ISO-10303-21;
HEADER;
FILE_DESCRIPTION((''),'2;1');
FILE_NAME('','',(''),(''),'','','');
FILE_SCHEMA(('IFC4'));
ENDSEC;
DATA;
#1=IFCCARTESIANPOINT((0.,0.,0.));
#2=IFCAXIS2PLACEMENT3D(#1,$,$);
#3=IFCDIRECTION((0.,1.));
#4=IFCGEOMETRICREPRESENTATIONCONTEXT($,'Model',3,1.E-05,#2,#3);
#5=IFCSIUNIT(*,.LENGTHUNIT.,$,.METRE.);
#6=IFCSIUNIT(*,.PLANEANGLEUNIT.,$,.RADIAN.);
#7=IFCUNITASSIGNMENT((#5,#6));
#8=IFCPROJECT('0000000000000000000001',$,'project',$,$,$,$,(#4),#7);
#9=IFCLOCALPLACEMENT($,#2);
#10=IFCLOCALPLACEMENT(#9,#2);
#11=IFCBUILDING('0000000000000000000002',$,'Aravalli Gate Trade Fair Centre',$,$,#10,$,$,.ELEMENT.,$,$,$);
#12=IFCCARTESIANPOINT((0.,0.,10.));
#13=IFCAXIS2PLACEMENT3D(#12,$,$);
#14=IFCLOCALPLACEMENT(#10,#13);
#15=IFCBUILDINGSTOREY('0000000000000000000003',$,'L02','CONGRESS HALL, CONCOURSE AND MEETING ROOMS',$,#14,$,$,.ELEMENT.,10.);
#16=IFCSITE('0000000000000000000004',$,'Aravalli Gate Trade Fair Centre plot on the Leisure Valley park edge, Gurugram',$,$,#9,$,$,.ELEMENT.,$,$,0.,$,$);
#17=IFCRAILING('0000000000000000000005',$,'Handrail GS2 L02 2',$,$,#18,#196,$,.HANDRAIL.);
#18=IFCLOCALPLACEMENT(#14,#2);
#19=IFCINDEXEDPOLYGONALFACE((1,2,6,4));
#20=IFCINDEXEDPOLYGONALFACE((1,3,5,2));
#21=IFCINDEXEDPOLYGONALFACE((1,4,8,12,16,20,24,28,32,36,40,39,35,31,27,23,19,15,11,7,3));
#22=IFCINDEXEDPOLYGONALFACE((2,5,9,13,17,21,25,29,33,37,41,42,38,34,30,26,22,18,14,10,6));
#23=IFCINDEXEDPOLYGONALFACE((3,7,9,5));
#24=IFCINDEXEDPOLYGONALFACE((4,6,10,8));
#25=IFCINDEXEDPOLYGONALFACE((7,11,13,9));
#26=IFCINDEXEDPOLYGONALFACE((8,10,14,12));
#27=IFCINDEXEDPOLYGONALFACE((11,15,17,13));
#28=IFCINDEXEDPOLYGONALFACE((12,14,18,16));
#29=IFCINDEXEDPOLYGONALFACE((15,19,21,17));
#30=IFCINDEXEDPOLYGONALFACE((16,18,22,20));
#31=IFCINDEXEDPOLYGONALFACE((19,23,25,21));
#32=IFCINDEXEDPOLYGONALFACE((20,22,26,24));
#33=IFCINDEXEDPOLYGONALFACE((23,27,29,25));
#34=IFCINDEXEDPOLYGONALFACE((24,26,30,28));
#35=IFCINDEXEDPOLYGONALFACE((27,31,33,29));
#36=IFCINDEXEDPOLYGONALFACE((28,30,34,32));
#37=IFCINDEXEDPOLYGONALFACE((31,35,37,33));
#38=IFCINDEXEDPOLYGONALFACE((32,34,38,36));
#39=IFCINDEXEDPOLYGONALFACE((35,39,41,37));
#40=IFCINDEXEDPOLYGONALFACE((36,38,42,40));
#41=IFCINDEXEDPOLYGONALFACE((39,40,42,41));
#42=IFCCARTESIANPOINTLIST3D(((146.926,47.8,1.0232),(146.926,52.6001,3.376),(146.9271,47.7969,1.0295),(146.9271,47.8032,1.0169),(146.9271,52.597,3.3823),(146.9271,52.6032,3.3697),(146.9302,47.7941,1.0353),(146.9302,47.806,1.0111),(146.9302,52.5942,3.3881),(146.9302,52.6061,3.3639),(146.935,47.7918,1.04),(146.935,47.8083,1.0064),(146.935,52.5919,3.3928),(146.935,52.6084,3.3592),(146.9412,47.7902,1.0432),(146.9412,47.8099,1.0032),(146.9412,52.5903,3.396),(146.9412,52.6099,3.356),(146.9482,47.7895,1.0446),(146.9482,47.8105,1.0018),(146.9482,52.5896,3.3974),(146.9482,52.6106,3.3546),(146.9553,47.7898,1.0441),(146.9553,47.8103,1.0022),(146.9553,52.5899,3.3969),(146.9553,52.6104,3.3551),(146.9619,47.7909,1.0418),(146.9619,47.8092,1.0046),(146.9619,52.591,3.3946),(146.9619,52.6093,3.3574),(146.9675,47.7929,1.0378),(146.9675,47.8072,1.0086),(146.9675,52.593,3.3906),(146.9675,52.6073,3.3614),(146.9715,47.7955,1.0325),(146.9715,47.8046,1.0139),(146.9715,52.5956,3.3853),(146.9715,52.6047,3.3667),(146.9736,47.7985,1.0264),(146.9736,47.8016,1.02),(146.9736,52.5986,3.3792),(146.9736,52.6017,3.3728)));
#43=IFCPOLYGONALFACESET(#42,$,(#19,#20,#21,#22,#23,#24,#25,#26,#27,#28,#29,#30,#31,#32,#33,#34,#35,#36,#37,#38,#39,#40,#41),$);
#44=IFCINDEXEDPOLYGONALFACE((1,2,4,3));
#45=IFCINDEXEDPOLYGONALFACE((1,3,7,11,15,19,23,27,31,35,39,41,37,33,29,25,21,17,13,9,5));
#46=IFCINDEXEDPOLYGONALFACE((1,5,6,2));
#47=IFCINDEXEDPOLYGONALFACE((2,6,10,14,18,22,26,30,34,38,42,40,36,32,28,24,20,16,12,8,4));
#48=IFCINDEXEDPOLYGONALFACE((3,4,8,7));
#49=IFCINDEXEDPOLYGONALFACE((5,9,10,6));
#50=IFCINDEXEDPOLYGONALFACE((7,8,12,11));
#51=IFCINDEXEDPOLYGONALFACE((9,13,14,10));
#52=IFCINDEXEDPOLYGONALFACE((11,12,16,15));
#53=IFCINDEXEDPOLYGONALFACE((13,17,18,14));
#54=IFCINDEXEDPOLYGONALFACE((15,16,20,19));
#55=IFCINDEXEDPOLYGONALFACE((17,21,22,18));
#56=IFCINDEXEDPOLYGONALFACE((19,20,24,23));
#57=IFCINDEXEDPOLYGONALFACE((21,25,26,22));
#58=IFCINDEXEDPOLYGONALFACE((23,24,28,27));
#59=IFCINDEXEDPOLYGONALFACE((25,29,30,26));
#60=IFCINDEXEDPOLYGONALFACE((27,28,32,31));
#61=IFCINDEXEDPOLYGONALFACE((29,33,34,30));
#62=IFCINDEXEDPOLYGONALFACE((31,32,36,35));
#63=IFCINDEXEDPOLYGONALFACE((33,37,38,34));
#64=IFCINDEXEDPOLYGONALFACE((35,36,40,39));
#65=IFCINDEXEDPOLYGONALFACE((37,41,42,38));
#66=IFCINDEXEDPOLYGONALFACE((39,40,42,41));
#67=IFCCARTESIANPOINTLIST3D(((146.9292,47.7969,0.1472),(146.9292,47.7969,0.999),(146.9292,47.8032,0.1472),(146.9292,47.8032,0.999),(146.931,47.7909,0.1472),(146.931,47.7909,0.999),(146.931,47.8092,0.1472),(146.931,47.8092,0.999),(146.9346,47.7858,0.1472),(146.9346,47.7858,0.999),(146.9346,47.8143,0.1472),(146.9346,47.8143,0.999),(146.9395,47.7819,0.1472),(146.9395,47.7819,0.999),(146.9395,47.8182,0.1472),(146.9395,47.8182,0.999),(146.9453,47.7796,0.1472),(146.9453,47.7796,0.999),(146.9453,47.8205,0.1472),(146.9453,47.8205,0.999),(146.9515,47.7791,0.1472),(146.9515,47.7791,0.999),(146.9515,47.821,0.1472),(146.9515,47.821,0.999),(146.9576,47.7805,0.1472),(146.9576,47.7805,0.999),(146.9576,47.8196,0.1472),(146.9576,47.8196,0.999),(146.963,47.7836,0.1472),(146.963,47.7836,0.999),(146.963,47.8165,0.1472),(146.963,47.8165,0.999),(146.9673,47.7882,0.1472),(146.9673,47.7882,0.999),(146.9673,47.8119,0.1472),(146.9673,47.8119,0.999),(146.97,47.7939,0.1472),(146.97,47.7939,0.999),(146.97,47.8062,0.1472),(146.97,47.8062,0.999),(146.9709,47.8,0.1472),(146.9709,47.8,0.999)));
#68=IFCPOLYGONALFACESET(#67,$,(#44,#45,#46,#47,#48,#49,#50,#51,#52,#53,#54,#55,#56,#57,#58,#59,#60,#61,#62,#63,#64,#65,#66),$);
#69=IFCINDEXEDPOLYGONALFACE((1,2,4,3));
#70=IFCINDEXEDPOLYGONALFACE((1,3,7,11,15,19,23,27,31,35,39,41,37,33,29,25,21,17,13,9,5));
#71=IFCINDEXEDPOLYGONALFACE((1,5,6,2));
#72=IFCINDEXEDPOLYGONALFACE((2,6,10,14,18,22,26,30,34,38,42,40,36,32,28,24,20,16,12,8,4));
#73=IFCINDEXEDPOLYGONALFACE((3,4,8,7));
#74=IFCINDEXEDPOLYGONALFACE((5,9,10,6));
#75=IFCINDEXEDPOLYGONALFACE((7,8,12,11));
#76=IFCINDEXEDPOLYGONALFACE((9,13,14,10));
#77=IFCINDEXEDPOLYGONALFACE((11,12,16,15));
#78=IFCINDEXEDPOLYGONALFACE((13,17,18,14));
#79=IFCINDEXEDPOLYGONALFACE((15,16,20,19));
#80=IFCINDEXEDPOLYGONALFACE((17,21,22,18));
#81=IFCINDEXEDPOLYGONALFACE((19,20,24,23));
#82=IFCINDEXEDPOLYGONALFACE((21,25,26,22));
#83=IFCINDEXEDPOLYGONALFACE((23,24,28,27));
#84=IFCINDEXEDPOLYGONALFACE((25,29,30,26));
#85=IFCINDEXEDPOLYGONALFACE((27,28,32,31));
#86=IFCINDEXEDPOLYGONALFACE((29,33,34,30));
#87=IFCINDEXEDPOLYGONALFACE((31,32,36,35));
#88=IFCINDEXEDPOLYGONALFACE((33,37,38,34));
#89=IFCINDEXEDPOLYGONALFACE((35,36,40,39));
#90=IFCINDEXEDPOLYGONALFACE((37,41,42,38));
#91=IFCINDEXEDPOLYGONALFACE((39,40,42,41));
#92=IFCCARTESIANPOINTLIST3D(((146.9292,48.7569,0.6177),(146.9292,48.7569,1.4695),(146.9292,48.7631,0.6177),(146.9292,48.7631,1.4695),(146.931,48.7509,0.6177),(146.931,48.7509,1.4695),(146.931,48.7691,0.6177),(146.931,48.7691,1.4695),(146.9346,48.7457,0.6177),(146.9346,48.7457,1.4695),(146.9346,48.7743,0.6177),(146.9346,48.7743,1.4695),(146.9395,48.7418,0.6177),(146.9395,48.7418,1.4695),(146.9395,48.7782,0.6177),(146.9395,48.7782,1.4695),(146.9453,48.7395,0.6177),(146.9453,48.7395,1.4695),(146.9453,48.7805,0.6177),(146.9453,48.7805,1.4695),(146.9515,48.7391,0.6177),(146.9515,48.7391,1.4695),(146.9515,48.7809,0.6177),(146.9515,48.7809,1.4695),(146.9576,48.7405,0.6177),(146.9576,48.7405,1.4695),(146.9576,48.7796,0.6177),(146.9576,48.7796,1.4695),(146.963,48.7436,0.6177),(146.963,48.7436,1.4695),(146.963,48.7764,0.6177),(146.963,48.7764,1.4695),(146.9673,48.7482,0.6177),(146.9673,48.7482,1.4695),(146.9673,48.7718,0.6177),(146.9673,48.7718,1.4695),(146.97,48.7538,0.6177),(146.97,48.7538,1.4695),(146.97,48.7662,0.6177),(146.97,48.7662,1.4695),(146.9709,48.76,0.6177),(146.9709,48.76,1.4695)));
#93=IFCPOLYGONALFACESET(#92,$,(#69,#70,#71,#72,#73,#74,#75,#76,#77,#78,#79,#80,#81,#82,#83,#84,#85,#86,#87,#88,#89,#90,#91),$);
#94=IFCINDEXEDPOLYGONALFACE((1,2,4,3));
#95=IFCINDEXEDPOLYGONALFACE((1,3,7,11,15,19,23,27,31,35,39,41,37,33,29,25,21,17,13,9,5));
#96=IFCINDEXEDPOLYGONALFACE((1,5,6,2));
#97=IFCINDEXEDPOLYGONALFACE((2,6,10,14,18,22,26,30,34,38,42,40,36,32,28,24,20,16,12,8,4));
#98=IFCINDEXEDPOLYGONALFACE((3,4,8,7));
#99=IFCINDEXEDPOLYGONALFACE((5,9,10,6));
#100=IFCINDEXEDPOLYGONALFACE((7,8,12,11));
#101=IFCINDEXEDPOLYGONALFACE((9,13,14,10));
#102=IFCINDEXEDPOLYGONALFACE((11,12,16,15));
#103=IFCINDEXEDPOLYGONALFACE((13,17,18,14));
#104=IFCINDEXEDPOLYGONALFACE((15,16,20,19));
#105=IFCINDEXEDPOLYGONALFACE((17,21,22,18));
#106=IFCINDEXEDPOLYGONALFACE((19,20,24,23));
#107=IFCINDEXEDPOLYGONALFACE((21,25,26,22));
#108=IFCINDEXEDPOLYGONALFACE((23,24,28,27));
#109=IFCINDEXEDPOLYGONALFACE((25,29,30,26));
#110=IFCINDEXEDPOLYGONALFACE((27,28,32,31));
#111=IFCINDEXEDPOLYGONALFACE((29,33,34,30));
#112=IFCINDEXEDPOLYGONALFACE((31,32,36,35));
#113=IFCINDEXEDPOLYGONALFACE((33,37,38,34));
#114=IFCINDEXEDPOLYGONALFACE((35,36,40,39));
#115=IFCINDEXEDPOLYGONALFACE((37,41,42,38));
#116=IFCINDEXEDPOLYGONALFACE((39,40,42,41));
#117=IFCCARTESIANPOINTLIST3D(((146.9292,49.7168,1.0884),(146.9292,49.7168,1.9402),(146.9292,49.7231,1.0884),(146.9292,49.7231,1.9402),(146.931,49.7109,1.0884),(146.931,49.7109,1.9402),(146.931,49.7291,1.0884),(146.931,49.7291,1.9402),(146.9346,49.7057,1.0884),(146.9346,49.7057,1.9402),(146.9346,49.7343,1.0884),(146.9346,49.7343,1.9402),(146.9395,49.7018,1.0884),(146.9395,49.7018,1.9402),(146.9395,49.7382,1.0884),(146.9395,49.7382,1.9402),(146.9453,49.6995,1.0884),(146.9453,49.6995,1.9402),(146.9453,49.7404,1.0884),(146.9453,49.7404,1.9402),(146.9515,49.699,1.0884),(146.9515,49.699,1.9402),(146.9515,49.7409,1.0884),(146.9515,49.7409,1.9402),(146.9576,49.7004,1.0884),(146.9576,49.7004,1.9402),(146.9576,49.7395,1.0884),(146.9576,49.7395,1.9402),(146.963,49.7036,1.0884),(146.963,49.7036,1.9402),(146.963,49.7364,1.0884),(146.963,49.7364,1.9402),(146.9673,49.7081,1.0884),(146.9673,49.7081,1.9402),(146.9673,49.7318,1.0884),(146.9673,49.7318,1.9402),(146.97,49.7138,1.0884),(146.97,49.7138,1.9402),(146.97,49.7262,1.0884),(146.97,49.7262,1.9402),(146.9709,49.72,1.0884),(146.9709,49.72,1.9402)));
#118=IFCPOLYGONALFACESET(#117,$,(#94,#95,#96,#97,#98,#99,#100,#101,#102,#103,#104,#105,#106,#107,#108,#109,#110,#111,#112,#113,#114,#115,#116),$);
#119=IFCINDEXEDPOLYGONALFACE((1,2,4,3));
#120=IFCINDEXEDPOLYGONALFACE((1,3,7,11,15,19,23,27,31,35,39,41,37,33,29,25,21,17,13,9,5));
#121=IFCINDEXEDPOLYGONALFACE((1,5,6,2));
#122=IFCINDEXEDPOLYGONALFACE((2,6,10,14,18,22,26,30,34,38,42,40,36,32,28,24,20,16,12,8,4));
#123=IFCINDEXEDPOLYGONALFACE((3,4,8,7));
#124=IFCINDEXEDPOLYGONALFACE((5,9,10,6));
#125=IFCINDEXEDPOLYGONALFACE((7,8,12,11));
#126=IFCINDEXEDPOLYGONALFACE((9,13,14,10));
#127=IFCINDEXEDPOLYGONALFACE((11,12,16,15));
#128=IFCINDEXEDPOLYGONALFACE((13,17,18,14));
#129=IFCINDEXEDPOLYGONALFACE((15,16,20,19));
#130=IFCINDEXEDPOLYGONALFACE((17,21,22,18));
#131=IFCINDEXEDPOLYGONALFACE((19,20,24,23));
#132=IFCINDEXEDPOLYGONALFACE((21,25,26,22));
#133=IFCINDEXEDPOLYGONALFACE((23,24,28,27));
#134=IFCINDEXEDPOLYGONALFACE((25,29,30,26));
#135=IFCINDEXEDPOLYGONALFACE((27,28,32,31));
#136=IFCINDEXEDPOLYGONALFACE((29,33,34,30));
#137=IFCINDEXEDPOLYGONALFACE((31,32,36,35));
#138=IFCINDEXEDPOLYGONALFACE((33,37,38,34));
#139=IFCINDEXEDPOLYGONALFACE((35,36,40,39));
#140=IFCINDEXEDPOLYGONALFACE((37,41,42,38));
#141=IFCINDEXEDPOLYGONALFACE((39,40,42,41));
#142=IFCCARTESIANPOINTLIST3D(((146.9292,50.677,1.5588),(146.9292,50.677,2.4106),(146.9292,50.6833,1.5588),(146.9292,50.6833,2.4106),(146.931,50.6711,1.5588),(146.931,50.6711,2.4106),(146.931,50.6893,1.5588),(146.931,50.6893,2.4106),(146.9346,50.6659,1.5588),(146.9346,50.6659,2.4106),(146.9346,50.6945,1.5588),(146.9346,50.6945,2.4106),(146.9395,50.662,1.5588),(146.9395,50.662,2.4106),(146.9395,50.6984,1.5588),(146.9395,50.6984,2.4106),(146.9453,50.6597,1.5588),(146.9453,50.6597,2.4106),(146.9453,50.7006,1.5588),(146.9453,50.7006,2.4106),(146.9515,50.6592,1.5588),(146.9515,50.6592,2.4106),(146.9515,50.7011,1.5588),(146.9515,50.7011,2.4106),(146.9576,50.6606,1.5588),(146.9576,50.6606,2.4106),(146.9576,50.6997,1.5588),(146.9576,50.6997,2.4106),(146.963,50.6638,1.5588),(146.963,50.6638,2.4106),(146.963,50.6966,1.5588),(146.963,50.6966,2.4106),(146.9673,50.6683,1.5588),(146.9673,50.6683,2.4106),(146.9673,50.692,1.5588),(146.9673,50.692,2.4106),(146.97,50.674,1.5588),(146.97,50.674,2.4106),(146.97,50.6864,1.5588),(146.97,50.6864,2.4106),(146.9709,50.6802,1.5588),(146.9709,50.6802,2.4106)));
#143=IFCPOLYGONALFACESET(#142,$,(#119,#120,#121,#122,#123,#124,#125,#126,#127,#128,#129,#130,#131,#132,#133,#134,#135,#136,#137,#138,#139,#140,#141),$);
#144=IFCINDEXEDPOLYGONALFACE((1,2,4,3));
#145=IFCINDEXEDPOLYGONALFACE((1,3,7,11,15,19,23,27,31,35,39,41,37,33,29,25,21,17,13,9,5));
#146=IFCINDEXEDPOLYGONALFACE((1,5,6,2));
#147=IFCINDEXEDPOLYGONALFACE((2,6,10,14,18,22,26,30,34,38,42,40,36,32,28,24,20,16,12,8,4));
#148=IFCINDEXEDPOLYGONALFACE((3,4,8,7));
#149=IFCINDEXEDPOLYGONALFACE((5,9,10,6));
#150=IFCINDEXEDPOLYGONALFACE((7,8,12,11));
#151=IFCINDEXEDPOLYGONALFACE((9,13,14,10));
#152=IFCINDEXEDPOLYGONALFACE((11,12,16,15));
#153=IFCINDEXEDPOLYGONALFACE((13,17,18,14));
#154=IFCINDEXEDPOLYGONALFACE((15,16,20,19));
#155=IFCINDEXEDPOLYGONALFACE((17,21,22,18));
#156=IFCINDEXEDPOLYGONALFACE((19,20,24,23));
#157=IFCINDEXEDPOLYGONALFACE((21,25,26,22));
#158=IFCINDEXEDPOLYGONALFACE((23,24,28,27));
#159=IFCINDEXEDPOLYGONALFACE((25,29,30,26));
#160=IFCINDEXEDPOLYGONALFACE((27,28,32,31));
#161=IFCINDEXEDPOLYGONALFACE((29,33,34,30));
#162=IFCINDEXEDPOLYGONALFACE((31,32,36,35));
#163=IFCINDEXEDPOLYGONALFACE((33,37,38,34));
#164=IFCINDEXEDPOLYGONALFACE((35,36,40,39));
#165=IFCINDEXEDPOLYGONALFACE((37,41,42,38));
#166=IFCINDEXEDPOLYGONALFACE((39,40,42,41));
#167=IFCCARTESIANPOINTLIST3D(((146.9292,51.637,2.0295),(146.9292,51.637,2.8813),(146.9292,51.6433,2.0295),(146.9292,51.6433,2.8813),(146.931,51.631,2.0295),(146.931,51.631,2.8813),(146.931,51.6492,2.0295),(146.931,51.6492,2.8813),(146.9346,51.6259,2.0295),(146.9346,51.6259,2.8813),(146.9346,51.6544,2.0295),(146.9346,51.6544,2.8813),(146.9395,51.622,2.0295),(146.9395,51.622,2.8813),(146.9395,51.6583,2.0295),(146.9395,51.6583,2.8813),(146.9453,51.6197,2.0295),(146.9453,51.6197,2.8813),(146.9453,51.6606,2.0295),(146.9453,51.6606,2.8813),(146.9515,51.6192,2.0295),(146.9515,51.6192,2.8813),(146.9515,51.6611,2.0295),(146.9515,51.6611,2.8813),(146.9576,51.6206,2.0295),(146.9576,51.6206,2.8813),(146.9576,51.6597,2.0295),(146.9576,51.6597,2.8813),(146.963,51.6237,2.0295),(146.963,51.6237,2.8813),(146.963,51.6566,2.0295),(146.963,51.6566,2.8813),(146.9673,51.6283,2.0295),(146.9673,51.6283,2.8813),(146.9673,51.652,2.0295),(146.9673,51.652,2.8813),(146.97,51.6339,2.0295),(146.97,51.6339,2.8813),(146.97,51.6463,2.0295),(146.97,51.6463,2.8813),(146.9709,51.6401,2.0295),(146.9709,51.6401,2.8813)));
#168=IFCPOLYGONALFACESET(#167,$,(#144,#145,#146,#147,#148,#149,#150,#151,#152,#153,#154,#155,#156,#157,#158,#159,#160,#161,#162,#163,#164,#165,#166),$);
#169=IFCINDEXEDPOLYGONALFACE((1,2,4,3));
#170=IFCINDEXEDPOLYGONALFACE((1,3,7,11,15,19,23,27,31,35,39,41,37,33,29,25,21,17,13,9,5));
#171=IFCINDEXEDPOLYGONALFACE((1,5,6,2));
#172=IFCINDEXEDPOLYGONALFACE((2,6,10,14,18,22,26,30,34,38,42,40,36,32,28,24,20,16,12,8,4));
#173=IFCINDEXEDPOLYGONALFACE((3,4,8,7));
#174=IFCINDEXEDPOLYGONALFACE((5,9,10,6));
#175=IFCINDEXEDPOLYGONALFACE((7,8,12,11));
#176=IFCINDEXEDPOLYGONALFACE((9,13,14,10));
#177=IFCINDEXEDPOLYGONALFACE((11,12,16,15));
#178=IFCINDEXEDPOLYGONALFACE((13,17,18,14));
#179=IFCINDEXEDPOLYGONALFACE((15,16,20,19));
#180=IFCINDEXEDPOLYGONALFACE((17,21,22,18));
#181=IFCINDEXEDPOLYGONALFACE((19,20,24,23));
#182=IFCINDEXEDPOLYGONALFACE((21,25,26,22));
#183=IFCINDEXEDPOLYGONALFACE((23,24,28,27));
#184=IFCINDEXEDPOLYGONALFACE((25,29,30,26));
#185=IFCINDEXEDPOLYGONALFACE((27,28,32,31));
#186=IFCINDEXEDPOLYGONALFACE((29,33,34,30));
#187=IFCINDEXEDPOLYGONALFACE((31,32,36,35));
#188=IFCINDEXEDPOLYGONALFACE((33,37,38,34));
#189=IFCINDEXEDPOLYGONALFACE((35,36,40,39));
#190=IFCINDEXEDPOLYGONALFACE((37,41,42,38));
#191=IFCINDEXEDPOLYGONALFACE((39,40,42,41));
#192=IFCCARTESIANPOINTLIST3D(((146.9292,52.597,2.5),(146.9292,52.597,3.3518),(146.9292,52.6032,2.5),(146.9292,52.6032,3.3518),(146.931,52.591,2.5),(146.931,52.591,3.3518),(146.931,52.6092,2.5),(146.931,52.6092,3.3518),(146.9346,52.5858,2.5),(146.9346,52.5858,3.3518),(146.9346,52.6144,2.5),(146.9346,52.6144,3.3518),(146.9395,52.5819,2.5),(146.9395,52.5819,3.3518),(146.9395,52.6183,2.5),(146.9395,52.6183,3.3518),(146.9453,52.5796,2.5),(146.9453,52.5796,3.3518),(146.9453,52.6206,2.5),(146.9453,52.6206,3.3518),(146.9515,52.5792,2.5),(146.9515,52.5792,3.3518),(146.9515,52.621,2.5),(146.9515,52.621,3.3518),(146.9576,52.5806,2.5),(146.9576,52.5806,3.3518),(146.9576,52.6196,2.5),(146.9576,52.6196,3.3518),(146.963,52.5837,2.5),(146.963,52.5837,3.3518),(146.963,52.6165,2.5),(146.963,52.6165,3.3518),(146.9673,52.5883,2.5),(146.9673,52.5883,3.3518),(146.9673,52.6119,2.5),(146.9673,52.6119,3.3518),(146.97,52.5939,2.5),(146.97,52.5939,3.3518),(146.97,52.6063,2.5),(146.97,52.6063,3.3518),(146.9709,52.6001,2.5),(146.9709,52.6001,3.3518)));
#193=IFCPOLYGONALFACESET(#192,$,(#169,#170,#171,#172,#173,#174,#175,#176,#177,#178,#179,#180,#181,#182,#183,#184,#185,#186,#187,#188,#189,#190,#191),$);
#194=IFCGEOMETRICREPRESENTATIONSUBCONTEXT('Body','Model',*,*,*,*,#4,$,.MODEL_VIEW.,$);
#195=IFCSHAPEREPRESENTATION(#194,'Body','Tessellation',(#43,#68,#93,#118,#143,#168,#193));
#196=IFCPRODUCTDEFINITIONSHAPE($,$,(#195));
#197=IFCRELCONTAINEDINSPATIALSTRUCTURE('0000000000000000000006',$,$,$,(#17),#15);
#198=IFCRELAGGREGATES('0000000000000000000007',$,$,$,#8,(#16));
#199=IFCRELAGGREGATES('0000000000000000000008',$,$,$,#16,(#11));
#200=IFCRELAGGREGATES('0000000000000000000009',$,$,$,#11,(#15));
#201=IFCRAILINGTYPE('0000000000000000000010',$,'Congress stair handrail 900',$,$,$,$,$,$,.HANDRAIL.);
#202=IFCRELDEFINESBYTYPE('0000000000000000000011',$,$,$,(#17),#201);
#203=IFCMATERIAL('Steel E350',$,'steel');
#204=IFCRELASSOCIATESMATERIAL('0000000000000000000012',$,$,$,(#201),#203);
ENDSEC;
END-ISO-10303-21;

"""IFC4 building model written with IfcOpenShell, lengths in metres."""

from ifc_helpers import new_model, si_unit, direction, frame, origin, origin_2d, place, context, subcontext, project, spatial, circle, extrude, material, type_object, element, save


model = new_model("IFC4")

# Units and contexts
model_context = context("Model", 3, precision=1e-05, world=origin(), true_north=direction((0.0, 1.0)))
body_context = subcontext(model_context, "Body", "Model", "MODEL_VIEW")
ifc_project = project(units=[si_unit("LENGTHUNIT", "METRE"), si_unit("PLANEANGLEUNIT", "RADIAN")], contexts=[model_context])

# Site, building, storey
site_placement = place(None, origin())
site = spatial("IfcSite", under=ifc_project, at=site_placement, Name="Aravalli Gate Trade Fair Centre plot on the Leisure Valley park edge, Gurugram", CompositionType="ELEMENT", RefElevation=0.0)
building_placement = place(site_placement, origin())
building = spatial("IfcBuilding", under=site, at=building_placement, Name="Aravalli Gate Trade Fair Centre", CompositionType="ELEMENT")
storey_placement = place(building_placement, frame((0.0, 0.0, 10.0)))
storey = spatial("IfcBuildingStorey", under=building, at=storey_placement, Name="L02", Description="CONGRESS HALL, CONCOURSE AND MEETING ROOMS", CompositionType="ELEMENT", Elevation=10.0)

# Railing
ifc_material_1 = material(Name="Steel E350", Category="steel")
railing_type = type_object("IfcRailingType", Name="Congress stair handrail 900", PredefinedType="HANDRAIL", material=ifc_material_1)
railing_placement = place(storey_placement, frame((146.95, 47.8, 0.1472)))
element("IfcRailing", 1, at=railing_placement, inside=storey, type_object=railing_type, Name="Handrail GS2 L02 2", PredefinedType="HANDRAIL", context=body_context, shape_type="SweptSolid", body=[
    extrude(circle(Radius=0.0239, at=origin_2d()), frame((0.0, 0.0, 0.876), z_axis=(0.0, 0.897934, 0.44013), x_axis=(-1.0, 0.0, 0.0)), (0.0, 0.0, 1.0), 5.3457),
    extrude(circle(Radius=0.021, at=origin_2d()), origin(), (0.0, 0.0, 1.0), 0.8518),
    extrude(circle(Radius=0.021, at=origin_2d()), frame((0.0, 0.96, 0.4705)), (0.0, 0.0, 1.0), 0.8518),
    extrude(circle(Radius=0.021, at=origin_2d()), frame((0.0, 1.9199, 0.9412)), (0.0, 0.0, 1.0), 0.8518),
    extrude(circle(Radius=0.021, at=origin_2d()), frame((0.0, 2.8801, 1.4116)), (0.0, 0.0, 1.0), 0.8518),
    extrude(circle(Radius=0.021, at=origin_2d()), frame((0.0, 3.8401, 1.8823)), (0.0, 0.0, 1.0), 0.8518),
    extrude(circle(Radius=0.021, at=origin_2d()), frame((0.0, 4.8, 2.3528)), (0.0, 0.0, 1.0), 0.8518),
])

save(model, "model.ifc")
